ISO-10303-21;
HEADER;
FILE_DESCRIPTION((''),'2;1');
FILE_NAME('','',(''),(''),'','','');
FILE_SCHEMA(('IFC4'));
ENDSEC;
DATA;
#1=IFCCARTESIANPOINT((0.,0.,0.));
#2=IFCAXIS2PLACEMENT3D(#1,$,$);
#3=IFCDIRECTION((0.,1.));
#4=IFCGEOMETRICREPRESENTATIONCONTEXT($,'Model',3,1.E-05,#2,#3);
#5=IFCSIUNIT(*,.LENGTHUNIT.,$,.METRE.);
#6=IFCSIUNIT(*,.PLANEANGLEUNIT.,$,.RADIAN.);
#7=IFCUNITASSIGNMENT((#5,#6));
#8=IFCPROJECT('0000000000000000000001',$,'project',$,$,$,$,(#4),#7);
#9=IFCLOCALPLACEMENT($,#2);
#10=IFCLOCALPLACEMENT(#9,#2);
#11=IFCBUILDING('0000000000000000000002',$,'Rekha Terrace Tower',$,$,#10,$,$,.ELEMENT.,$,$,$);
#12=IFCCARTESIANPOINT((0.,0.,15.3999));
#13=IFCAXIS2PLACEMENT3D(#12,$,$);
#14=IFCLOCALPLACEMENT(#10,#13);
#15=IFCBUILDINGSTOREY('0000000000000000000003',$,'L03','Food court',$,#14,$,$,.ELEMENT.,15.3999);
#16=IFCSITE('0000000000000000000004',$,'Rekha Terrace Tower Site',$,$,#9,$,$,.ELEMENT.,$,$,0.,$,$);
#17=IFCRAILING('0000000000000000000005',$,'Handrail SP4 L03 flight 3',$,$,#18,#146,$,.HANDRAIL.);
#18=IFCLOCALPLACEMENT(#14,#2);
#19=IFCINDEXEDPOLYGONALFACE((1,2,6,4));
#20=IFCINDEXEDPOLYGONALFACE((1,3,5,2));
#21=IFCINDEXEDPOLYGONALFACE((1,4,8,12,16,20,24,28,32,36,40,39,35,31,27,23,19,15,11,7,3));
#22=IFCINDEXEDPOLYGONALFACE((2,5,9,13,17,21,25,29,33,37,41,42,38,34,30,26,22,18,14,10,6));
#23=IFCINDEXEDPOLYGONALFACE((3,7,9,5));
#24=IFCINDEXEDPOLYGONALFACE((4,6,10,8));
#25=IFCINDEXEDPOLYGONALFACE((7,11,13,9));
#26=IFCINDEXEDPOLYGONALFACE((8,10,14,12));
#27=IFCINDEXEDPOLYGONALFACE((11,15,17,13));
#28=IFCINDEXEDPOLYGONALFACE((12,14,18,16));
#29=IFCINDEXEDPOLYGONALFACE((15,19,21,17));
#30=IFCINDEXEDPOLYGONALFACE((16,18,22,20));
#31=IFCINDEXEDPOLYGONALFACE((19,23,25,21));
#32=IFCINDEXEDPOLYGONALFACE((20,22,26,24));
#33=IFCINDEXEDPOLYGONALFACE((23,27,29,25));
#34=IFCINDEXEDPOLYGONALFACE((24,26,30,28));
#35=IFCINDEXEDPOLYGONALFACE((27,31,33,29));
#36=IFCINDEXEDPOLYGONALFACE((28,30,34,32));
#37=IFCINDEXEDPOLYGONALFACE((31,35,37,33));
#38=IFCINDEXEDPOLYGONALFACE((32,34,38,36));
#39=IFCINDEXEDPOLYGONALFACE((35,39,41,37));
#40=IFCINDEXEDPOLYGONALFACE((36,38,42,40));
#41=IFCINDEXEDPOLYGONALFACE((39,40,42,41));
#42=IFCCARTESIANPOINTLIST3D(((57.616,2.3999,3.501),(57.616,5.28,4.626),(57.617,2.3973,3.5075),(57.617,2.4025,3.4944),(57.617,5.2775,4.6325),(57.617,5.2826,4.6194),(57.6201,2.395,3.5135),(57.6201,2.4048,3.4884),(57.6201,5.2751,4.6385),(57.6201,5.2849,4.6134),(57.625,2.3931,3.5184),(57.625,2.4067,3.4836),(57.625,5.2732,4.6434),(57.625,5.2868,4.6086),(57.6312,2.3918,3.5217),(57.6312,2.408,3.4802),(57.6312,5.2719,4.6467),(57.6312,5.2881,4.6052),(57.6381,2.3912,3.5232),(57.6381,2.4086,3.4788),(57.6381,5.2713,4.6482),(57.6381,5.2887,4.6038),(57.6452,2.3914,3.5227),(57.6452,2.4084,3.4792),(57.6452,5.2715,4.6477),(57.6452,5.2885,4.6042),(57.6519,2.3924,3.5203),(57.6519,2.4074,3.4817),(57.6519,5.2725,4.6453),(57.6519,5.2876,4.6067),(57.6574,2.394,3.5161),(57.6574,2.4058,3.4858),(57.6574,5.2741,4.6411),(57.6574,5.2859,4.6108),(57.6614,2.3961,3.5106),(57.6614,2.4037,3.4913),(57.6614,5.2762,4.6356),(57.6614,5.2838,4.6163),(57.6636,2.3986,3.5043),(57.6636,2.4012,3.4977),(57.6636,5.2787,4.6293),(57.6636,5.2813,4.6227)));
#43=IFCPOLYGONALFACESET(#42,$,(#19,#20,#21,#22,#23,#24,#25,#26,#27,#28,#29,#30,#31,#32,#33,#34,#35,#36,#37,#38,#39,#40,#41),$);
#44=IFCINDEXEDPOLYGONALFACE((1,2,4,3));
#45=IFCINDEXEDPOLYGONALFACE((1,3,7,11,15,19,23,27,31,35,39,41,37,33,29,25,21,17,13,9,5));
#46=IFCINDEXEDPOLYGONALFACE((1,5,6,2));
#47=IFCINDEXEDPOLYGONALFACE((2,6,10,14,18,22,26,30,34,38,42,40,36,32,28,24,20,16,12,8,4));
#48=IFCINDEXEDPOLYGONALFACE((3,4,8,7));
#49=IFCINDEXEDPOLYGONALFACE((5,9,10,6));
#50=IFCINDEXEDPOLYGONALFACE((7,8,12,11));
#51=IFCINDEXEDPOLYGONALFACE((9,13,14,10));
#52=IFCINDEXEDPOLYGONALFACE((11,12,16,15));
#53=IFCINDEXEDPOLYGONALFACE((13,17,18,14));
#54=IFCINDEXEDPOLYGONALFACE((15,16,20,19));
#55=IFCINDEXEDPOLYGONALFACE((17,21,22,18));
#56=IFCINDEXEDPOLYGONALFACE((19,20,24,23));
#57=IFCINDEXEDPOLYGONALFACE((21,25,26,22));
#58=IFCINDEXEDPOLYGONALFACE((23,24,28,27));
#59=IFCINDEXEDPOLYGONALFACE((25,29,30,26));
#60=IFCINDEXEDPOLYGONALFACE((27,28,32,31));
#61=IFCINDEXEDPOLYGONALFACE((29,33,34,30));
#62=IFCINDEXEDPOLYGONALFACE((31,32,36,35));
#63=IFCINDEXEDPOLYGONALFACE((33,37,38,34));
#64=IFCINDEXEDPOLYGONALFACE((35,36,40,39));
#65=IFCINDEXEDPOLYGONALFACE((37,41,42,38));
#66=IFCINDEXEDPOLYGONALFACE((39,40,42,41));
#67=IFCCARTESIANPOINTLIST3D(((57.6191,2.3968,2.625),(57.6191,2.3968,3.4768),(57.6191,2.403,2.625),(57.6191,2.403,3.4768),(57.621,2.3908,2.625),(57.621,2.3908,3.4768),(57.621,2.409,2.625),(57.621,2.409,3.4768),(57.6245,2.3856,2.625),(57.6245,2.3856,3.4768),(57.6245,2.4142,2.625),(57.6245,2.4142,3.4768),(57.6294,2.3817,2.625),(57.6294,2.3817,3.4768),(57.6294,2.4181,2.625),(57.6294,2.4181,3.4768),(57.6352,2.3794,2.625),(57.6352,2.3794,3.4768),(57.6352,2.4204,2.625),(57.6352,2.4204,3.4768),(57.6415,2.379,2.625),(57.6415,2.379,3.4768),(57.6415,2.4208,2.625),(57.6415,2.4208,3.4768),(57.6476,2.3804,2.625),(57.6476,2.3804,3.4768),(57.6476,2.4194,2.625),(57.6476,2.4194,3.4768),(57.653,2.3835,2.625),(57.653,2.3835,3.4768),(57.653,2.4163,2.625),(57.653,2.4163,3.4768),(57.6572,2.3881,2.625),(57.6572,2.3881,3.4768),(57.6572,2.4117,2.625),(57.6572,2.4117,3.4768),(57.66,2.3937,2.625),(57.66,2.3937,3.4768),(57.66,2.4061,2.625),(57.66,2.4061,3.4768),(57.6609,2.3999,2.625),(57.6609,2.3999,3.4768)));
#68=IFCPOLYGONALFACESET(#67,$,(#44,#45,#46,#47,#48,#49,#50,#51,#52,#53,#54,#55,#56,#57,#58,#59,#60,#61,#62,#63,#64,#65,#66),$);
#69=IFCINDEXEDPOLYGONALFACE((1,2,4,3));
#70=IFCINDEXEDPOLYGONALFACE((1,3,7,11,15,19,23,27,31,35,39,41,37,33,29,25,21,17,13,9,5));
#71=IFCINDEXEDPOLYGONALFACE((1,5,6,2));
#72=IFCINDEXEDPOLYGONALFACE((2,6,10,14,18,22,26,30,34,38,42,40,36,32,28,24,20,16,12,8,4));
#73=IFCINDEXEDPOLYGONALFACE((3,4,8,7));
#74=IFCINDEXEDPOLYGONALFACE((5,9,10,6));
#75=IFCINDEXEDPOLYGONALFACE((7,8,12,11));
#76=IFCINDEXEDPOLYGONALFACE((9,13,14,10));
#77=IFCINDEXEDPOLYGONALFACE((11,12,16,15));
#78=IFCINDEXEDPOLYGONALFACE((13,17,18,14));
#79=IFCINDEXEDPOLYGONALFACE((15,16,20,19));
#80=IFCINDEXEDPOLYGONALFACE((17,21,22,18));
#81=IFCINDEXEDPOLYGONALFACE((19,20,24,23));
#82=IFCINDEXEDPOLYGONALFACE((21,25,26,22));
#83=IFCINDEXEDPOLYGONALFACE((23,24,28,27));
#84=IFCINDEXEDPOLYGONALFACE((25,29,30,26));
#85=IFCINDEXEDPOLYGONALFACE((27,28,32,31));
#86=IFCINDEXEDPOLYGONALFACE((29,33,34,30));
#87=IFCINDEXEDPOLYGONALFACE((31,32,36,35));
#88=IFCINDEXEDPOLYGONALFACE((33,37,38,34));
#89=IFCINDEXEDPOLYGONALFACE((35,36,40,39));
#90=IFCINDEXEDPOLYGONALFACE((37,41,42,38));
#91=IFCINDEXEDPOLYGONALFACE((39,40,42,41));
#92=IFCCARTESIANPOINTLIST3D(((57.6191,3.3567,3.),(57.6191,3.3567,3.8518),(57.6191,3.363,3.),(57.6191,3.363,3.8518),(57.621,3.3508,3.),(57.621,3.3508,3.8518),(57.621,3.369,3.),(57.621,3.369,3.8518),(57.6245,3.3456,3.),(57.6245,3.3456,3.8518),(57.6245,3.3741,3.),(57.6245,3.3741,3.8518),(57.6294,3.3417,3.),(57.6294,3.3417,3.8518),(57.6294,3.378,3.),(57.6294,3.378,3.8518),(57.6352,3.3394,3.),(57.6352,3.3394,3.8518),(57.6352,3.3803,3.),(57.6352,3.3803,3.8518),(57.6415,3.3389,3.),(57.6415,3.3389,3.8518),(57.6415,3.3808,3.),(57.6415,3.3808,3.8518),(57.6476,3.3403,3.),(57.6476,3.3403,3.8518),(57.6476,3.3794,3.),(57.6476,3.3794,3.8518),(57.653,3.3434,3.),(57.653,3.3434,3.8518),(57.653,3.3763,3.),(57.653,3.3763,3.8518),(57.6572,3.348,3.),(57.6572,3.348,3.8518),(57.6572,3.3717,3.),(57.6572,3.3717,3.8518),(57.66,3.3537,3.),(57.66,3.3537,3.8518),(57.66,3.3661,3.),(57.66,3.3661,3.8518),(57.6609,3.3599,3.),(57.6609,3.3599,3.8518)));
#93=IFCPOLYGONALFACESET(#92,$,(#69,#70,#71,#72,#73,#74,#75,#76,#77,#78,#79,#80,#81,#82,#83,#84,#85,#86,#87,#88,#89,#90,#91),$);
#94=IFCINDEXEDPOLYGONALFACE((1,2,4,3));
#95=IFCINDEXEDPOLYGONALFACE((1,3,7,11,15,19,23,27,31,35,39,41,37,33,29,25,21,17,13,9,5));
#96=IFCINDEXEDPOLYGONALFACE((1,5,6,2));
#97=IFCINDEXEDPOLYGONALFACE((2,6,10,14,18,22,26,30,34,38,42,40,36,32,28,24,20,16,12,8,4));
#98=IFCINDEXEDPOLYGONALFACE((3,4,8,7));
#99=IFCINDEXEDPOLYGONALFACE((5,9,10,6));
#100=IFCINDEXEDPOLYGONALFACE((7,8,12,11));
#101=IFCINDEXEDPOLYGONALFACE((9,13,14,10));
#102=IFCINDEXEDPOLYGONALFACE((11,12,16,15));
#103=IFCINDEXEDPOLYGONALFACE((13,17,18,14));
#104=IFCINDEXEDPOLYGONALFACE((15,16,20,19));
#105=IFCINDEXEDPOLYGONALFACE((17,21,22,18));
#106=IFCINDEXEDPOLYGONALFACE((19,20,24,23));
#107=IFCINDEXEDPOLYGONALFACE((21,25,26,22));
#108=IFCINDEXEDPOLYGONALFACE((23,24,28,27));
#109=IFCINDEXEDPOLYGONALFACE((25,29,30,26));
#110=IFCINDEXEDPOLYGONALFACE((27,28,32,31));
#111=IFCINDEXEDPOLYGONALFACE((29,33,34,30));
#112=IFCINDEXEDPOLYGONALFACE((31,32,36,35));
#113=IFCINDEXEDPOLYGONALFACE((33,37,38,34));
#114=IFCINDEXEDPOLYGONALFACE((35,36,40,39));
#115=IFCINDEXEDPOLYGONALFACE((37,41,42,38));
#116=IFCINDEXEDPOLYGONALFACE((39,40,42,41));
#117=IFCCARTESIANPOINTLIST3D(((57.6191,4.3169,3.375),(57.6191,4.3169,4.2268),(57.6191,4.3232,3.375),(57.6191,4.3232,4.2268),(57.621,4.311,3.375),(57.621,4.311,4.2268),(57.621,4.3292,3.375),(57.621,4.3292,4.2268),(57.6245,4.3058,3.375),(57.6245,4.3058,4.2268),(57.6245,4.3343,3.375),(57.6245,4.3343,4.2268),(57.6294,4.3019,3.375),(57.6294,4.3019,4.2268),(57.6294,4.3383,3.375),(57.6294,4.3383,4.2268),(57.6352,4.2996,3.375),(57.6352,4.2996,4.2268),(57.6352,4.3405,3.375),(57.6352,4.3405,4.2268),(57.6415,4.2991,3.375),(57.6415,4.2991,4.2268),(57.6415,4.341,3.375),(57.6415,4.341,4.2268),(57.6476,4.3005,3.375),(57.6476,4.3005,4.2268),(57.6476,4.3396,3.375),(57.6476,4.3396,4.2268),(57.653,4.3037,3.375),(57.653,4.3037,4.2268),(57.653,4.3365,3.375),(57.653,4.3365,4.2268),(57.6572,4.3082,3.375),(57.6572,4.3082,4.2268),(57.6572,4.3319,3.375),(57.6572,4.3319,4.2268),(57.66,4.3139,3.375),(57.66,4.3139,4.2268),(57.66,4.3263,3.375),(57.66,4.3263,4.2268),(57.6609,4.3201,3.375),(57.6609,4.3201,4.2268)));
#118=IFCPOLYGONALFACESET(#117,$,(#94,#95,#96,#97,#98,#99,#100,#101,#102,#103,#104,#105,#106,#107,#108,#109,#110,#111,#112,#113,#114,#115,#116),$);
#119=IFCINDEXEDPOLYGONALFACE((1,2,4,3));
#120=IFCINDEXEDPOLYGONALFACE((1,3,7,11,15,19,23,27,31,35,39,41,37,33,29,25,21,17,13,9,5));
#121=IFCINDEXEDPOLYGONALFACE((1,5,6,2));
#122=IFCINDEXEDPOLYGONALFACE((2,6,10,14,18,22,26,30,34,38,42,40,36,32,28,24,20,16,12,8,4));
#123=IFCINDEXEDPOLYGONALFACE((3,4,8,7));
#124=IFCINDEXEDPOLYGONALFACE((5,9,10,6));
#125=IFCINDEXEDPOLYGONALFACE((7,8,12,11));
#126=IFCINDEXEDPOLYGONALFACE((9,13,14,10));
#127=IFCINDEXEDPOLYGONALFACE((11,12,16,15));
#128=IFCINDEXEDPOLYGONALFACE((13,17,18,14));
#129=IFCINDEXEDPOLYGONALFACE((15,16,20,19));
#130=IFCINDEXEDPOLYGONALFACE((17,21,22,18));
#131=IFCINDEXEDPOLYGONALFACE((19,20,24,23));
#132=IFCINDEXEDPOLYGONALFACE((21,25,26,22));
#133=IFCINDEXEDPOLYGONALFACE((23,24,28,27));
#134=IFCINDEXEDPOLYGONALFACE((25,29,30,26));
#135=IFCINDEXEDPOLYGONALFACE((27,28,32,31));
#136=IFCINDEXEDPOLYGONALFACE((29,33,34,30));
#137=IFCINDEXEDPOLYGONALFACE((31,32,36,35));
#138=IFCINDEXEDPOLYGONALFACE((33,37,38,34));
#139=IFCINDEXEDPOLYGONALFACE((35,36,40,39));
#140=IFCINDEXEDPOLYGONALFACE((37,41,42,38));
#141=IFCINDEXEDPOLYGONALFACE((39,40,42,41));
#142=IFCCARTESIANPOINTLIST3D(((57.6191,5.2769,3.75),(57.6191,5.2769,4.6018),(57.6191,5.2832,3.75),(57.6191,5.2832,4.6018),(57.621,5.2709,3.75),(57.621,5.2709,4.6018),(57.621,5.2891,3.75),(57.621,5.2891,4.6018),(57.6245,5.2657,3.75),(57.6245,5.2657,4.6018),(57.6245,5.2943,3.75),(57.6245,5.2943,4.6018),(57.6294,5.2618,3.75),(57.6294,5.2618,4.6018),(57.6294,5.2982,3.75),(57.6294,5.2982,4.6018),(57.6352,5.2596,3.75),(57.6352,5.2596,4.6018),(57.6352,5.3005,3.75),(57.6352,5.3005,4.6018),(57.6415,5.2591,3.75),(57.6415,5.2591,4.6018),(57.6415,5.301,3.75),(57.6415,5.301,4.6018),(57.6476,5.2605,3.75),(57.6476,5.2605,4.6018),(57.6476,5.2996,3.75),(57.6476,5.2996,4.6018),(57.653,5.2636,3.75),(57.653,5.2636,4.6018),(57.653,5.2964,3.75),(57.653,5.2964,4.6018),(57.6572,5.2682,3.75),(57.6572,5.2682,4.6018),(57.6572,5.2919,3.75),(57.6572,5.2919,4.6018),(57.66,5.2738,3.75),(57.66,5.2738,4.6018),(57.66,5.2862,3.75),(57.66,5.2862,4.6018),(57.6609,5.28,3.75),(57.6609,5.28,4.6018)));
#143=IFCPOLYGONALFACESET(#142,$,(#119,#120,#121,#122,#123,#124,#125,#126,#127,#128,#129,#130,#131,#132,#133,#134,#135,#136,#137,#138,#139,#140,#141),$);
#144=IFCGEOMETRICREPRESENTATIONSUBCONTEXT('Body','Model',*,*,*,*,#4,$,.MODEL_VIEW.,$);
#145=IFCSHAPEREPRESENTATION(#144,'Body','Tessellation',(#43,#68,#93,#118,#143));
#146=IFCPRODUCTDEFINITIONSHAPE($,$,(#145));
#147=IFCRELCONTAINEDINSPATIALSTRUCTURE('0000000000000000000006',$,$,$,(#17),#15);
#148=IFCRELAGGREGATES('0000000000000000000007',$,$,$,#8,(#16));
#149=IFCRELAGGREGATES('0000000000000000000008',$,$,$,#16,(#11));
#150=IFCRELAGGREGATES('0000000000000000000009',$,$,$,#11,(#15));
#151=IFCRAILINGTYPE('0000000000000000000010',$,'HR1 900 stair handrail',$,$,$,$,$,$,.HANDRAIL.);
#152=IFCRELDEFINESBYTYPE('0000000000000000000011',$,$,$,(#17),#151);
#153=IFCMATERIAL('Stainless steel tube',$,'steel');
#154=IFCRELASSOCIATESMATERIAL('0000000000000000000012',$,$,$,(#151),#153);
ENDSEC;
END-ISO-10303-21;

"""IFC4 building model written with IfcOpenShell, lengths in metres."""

from ifc_helpers import new_model, si_unit, direction, frame, origin, origin_2d, place, context, subcontext, project, spatial, circle, extrude, material, type_object, element, save


model = new_model("IFC4")

# Units and contexts
model_context = context("Model", 3, precision=1e-05, world=origin(), true_north=direction((0.0, 1.0)))
body_context = subcontext(model_context, "Body", "Model", "MODEL_VIEW")
ifc_project = project(units=[si_unit("LENGTHUNIT", "METRE"), si_unit("PLANEANGLEUNIT", "RADIAN")], contexts=[model_context])

# Site, building, storey
site_placement = place(None, origin())
site = spatial("IfcSite", under=ifc_project, at=site_placement, Name="Rekha Terrace Tower Site", CompositionType="ELEMENT", RefElevation=0.0)
building_placement = place(site_placement, origin())
building = spatial("IfcBuilding", under=site, at=building_placement, Name="Rekha Terrace Tower", CompositionType="ELEMENT")
storey_placement = place(building_placement, frame((0.0, 0.0, 15.3999)))
storey = spatial("IfcBuildingStorey", under=building, at=storey_placement, Name="L03", Description="Food court", CompositionType="ELEMENT", Elevation=15.3999)

# Railing
ifc_material_1 = material(Name="Stainless steel tube", Category="steel")
railing_type_1 = type_object("IfcRailingType", Name="HR1 900 stair handrail", PredefinedType="HANDRAIL", material=ifc_material_1)
railing_1_placement = place(storey_placement, frame((57.6399, 2.3999, 2.625)))
element("IfcRailing", 1, at=railing_1_placement, inside=storey, type_object=railing_type_1, Name="Handrail SP4 L03 flight 3", PredefinedType="HANDRAIL", context=body_context, shape_type="SweptSolid", body=[
    extrude(circle(Radius=0.0239, at=origin_2d()), frame((0.0, 0.0, 0.876), z_axis=(0.0, 0.931463, 0.363837), x_axis=(-1.0, 0.0, 0.0)), (0.0, 0.0, 1.0), 3.092),
    extrude(circle(Radius=0.021, at=origin_2d()), origin(), (0.0, 0.0, 1.0), 0.8518),
    extrude(circle(Radius=0.021, at=origin_2d()), frame((0.0, 0.96, 0.375)), (0.0, 0.0, 1.0), 0.8518),
    extrude(circle(Radius=0.021, at=origin_2d()), frame((0.0, 1.9202, 0.75)), (0.0, 0.0, 1.0), 0.8518),
    extrude(circle(Radius=0.021, at=origin_2d()), frame((0.0, 2.8801, 1.125)), (0.0, 0.0, 1.0), 0.8518),
])

save(model, "model.ifc")
